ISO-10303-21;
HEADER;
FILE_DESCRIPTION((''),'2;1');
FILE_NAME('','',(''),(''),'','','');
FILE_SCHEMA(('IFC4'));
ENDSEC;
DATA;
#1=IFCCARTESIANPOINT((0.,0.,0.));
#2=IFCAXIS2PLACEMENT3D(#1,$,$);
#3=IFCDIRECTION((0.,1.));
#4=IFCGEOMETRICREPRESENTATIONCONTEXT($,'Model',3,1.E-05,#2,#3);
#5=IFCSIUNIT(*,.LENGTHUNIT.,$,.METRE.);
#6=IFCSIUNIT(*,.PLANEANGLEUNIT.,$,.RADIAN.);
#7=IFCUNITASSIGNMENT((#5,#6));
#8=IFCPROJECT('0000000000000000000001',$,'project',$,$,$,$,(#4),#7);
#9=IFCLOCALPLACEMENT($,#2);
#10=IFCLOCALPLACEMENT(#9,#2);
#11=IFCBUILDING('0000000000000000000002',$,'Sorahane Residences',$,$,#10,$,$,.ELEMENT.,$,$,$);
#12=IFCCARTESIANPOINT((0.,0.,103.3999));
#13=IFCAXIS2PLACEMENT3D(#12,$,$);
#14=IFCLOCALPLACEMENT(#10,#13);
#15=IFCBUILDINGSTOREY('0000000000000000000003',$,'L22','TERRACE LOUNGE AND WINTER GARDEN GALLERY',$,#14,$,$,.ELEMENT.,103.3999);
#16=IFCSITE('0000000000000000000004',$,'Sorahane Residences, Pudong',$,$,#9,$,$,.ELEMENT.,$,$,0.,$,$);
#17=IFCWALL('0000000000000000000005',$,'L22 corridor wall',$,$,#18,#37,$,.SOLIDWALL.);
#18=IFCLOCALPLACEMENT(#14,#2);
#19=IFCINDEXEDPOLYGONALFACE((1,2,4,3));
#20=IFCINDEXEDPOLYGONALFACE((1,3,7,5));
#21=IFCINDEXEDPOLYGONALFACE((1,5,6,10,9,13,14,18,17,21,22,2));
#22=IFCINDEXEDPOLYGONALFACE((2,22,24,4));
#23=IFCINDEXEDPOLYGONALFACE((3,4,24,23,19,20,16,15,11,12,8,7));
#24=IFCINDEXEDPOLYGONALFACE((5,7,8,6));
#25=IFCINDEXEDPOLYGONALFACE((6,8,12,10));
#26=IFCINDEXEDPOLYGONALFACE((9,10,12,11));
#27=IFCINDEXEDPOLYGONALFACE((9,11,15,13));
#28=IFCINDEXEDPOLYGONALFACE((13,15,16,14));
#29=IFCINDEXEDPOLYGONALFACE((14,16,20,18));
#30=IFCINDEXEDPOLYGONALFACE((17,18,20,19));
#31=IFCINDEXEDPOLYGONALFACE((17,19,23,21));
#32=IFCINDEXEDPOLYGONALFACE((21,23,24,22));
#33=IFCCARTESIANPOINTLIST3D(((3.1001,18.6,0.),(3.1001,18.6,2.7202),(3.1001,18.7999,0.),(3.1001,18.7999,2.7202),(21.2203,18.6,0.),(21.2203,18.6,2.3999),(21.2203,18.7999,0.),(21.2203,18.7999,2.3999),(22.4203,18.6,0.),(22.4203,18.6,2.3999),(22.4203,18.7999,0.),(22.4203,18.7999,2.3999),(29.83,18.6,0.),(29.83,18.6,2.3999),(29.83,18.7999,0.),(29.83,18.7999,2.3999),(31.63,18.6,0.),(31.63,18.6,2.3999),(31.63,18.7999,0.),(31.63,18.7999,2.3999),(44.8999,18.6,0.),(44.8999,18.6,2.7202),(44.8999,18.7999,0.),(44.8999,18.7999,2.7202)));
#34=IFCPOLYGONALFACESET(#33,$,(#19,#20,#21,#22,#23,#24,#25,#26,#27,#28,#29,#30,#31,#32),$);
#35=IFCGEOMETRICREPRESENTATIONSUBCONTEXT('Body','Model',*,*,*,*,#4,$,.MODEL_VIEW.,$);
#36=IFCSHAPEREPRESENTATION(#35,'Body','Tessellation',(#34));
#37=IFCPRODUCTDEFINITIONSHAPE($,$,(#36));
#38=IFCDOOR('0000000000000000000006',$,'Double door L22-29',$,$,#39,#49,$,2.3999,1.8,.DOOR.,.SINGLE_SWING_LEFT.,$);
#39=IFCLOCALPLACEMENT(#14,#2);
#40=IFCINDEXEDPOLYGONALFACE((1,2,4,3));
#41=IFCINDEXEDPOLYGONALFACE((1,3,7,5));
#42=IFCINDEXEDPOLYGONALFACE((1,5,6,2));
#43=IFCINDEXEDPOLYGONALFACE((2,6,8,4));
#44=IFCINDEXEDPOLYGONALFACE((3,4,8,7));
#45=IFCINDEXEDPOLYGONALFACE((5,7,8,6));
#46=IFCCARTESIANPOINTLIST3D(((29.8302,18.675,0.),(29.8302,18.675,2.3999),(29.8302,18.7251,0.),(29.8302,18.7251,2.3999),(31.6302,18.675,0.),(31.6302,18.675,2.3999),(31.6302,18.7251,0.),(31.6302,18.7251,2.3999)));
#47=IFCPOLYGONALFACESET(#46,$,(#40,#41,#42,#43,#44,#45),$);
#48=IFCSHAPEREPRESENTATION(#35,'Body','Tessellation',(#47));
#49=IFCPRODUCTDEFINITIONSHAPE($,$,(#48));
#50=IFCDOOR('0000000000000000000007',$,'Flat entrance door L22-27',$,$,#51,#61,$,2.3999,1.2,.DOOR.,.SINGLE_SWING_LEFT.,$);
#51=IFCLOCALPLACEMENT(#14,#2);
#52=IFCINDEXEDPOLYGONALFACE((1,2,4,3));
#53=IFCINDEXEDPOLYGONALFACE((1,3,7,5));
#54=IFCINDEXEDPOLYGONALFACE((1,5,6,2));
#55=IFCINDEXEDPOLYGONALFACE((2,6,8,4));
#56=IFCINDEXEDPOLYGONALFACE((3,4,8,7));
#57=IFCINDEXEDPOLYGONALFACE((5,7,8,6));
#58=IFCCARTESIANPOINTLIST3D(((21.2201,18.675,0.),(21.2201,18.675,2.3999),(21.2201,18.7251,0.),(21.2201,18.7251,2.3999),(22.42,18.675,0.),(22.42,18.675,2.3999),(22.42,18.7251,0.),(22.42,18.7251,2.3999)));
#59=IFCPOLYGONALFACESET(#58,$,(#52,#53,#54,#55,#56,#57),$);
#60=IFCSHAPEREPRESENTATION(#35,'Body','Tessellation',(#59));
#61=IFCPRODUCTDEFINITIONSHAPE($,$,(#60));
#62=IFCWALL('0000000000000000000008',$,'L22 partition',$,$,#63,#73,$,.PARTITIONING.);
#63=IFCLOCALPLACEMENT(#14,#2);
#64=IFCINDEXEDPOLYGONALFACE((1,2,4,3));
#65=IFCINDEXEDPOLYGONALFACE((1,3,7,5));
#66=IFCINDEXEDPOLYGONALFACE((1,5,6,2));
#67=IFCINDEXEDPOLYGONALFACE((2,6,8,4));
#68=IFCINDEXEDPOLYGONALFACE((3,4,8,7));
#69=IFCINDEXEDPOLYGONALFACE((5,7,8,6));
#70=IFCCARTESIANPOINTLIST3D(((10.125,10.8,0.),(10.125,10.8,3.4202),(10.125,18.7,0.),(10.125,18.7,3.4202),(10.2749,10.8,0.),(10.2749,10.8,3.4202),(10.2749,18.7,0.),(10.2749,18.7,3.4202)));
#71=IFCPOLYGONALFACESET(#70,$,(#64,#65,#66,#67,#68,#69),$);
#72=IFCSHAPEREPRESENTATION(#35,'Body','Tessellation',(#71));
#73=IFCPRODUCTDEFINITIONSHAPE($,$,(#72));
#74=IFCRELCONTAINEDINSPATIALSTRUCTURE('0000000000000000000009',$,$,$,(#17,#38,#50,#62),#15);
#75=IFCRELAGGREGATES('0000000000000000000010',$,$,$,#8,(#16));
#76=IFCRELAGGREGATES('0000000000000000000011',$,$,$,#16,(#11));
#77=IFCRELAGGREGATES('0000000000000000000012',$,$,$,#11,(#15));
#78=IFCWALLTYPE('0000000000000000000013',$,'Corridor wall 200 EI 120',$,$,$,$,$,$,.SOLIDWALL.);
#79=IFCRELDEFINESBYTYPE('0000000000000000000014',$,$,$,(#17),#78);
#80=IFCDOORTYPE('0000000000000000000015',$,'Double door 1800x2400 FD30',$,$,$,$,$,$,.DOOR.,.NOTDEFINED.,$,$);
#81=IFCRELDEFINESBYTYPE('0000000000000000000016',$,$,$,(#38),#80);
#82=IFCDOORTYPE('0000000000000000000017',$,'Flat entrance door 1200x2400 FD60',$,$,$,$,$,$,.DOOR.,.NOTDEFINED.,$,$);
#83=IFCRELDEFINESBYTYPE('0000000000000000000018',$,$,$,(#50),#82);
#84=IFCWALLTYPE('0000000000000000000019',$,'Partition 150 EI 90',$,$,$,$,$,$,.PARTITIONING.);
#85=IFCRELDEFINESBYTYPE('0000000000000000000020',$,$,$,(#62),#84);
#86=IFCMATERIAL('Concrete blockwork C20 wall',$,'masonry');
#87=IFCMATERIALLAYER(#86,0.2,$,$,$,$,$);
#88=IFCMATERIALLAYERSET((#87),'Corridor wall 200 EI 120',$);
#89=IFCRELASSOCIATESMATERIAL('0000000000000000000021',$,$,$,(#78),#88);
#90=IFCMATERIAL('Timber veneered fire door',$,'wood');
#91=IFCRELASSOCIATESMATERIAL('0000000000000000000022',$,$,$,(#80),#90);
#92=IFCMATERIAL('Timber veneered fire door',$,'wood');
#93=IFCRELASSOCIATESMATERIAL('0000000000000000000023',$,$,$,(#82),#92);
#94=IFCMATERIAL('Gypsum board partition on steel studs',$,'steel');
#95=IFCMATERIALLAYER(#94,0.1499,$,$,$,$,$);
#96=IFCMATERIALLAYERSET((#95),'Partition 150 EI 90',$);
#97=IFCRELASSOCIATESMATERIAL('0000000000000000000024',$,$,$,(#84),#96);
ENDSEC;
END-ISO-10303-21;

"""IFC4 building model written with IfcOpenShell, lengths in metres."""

from ifc_helpers import new_model, si_unit, direction, frame, frame_2d, origin, place, context, subcontext, project, spatial, rectangle, extrude, material, layer, layer_set, type_object, element, fill, save


model = new_model("IFC4")

# Units and contexts
model_context = context("Model", 3, precision=1e-05, world=origin(), true_north=direction((0.0, 1.0)))
body_context = subcontext(model_context, "Body", "Model", "MODEL_VIEW")
ifc_project = project(units=[si_unit("LENGTHUNIT", "METRE"), si_unit("PLANEANGLEUNIT", "RADIAN")], contexts=[model_context])

# Site, building, storey
site_placement = place(None, origin())
site = spatial("IfcSite", under=ifc_project, at=site_placement, Name="Sorahane Residences, Pudong", CompositionType="ELEMENT", RefElevation=0.0)
building_placement = place(site_placement, origin())
building = spatial("IfcBuilding", under=site, at=building_placement, Name="Sorahane Residences", CompositionType="ELEMENT")
storey_placement = place(building_placement, frame((0.0, 0.0, 103.3999)))
storey = spatial("IfcBuildingStorey", under=building, at=storey_placement, Name="L22", Description="TERRACE LOUNGE AND WINTER GARDEN GALLERY", CompositionType="ELEMENT", Elevation=103.3999)

# Wall, openings, doors
ifc_material_1 = material(Name="Concrete blockwork C20 wall", Category="masonry")
ifc_layer_1 = layer(ifc_material_1, 0.2)
ifc_layer_set_1 = layer_set([ifc_layer_1], Name="Corridor wall 200 EI 120")
wall_type_1 = type_object("IfcWallType", Name="Corridor wall 200 EI 120", PredefinedType="SOLIDWALL", material=ifc_layer_set_1)
wall_1_placement = place(storey_placement, frame((3.1001, 18.7, 0.0), z_axis=(0.0, 0.0, 1.0), x_axis=(1.0, 0.0, 0.0)))
wall_1 = element("IfcWall", 1, at=wall_1_placement, inside=storey, type_object=wall_type_1, Name="L22 corridor wall", PredefinedType="SOLIDWALL", context=body_context, shape_type="SweptSolid", body=[
    extrude(rectangle(XDim=41.7998, YDim=0.2, at=frame_2d((20.8999, 0.0))), origin(), (0.0, 0.0, 1.0), 2.7202),
])
opening_1_placement = place(wall_1_placement, frame((18.1201, 0.0, 0.0)))
opening_1 = element("IfcOpeningElement", 2, at=opening_1_placement, cuts=wall_1, PredefinedType="OPENING", context=body_context, shape_type="SweptSolid", body=[
    extrude(rectangle(XDim=1.2, YDim=2.3999, at=frame_2d((0.6001, 1.2))), frame((0.0, 0.1099, 0.0), z_axis=(0.0, -1.0, 0.0), x_axis=(1.0, 0.0, 0.0)), (0.0, 0.0, 1.0), 0.22),
])
opening_2_placement = place(wall_1_placement, frame((26.73, 0.0, 0.0)))
opening_2 = element("IfcOpeningElement", 3, at=opening_2_placement, cuts=wall_1, PredefinedType="OPENING", context=body_context, shape_type="SweptSolid", body=[
    extrude(rectangle(XDim=1.8, YDim=2.3999, at=frame_2d((0.8999, 1.2))), frame((0.0, 0.1099, 0.0), z_axis=(0.0, -1.0, 0.0), x_axis=(1.0, 0.0, 0.0)), (0.0, 0.0, 1.0), 0.22),
])
ifc_material_2 = material(Name="Timber veneered fire door", Category="wood")
door_type_1 = type_object("IfcDoorType", Name="Double door 1800x2400 FD30", OperationType="NOTDEFINED", PredefinedType="DOOR", material=ifc_material_2)
door_1_placement = place(opening_2_placement, frame((1.8, 0.0, 0.0), z_axis=(0.0, 0.0, 1.0), x_axis=(-1.0, 0.0, 0.0)))
door_1 = element("IfcDoor", 4, at=door_1_placement, inside=storey, type_object=door_type_1, Name="Double door L22-29", OperationType="SINGLE_SWING_LEFT", OverallHeight=2.3999, OverallWidth=1.8, PredefinedType="DOOR", context=body_context, shape_type="SweptSolid", body=[
    extrude(rectangle(XDim=1.8, YDim=2.3999, at=frame_2d((0.8999, 1.2))), frame((0.0, 0.0249, 0.0), z_axis=(0.0, -1.0, 0.0), x_axis=(1.0, 0.0, 0.0)), (0.0, 0.0, 1.0), 0.05),
])
fill(opening_2, door_1)
ifc_material_3 = material(Name="Timber veneered fire door", Category="wood")
door_type_2 = type_object("IfcDoorType", Name="Flat entrance door 1200x2400 FD60", OperationType="NOTDEFINED", PredefinedType="DOOR", material=ifc_material_3)
door_2_placement = place(opening_1_placement, frame((1.2, 0.0, 0.0), z_axis=(0.0, 0.0, 1.0), x_axis=(-1.0, 0.0, 0.0)))
door_2 = element("IfcDoor", 5, at=door_2_placement, inside=storey, type_object=door_type_2, Name="Flat entrance door L22-27", OperationType="SINGLE_SWING_LEFT", OverallHeight=2.3999, OverallWidth=1.2, PredefinedType="DOOR", context=body_context, shape_type="SweptSolid", body=[
    extrude(rectangle(XDim=1.2, YDim=2.3999, at=frame_2d((0.6001, 1.2))), frame((0.0, 0.0249, 0.0), z_axis=(0.0, -1.0, 0.0), x_axis=(1.0, 0.0, 0.0)), (0.0, 0.0, 1.0), 0.05),
])
fill(opening_1, door_2)

# Wall
ifc_material_4 = material(Name="Gypsum board partition on steel studs", Category="steel")
ifc_layer_2 = layer(ifc_material_4, 0.1499)
ifc_layer_set_2 = layer_set([ifc_layer_2], Name="Partition 150 EI 90")
wall_type_2 = type_object("IfcWallType", Name="Partition 150 EI 90", PredefinedType="PARTITIONING", material=ifc_layer_set_2)
wall_2_placement = place(storey_placement, frame((10.2, 10.8, 0.0), z_axis=(0.0, 0.0, 1.0), x_axis=(0.0, 1.0, 0.0)))
element("IfcWall", 6, at=wall_2_placement, inside=storey, type_object=wall_type_2, Name="L22 partition", PredefinedType="PARTITIONING", context=body_context, shape_type="SweptSolid", body=[
    extrude(rectangle(XDim=7.8999, YDim=0.1499, at=frame_2d((3.95, 0.0))), origin(), (0.0, 0.0, 1.0), 3.4202),
])

save(model, "model.ifc")
